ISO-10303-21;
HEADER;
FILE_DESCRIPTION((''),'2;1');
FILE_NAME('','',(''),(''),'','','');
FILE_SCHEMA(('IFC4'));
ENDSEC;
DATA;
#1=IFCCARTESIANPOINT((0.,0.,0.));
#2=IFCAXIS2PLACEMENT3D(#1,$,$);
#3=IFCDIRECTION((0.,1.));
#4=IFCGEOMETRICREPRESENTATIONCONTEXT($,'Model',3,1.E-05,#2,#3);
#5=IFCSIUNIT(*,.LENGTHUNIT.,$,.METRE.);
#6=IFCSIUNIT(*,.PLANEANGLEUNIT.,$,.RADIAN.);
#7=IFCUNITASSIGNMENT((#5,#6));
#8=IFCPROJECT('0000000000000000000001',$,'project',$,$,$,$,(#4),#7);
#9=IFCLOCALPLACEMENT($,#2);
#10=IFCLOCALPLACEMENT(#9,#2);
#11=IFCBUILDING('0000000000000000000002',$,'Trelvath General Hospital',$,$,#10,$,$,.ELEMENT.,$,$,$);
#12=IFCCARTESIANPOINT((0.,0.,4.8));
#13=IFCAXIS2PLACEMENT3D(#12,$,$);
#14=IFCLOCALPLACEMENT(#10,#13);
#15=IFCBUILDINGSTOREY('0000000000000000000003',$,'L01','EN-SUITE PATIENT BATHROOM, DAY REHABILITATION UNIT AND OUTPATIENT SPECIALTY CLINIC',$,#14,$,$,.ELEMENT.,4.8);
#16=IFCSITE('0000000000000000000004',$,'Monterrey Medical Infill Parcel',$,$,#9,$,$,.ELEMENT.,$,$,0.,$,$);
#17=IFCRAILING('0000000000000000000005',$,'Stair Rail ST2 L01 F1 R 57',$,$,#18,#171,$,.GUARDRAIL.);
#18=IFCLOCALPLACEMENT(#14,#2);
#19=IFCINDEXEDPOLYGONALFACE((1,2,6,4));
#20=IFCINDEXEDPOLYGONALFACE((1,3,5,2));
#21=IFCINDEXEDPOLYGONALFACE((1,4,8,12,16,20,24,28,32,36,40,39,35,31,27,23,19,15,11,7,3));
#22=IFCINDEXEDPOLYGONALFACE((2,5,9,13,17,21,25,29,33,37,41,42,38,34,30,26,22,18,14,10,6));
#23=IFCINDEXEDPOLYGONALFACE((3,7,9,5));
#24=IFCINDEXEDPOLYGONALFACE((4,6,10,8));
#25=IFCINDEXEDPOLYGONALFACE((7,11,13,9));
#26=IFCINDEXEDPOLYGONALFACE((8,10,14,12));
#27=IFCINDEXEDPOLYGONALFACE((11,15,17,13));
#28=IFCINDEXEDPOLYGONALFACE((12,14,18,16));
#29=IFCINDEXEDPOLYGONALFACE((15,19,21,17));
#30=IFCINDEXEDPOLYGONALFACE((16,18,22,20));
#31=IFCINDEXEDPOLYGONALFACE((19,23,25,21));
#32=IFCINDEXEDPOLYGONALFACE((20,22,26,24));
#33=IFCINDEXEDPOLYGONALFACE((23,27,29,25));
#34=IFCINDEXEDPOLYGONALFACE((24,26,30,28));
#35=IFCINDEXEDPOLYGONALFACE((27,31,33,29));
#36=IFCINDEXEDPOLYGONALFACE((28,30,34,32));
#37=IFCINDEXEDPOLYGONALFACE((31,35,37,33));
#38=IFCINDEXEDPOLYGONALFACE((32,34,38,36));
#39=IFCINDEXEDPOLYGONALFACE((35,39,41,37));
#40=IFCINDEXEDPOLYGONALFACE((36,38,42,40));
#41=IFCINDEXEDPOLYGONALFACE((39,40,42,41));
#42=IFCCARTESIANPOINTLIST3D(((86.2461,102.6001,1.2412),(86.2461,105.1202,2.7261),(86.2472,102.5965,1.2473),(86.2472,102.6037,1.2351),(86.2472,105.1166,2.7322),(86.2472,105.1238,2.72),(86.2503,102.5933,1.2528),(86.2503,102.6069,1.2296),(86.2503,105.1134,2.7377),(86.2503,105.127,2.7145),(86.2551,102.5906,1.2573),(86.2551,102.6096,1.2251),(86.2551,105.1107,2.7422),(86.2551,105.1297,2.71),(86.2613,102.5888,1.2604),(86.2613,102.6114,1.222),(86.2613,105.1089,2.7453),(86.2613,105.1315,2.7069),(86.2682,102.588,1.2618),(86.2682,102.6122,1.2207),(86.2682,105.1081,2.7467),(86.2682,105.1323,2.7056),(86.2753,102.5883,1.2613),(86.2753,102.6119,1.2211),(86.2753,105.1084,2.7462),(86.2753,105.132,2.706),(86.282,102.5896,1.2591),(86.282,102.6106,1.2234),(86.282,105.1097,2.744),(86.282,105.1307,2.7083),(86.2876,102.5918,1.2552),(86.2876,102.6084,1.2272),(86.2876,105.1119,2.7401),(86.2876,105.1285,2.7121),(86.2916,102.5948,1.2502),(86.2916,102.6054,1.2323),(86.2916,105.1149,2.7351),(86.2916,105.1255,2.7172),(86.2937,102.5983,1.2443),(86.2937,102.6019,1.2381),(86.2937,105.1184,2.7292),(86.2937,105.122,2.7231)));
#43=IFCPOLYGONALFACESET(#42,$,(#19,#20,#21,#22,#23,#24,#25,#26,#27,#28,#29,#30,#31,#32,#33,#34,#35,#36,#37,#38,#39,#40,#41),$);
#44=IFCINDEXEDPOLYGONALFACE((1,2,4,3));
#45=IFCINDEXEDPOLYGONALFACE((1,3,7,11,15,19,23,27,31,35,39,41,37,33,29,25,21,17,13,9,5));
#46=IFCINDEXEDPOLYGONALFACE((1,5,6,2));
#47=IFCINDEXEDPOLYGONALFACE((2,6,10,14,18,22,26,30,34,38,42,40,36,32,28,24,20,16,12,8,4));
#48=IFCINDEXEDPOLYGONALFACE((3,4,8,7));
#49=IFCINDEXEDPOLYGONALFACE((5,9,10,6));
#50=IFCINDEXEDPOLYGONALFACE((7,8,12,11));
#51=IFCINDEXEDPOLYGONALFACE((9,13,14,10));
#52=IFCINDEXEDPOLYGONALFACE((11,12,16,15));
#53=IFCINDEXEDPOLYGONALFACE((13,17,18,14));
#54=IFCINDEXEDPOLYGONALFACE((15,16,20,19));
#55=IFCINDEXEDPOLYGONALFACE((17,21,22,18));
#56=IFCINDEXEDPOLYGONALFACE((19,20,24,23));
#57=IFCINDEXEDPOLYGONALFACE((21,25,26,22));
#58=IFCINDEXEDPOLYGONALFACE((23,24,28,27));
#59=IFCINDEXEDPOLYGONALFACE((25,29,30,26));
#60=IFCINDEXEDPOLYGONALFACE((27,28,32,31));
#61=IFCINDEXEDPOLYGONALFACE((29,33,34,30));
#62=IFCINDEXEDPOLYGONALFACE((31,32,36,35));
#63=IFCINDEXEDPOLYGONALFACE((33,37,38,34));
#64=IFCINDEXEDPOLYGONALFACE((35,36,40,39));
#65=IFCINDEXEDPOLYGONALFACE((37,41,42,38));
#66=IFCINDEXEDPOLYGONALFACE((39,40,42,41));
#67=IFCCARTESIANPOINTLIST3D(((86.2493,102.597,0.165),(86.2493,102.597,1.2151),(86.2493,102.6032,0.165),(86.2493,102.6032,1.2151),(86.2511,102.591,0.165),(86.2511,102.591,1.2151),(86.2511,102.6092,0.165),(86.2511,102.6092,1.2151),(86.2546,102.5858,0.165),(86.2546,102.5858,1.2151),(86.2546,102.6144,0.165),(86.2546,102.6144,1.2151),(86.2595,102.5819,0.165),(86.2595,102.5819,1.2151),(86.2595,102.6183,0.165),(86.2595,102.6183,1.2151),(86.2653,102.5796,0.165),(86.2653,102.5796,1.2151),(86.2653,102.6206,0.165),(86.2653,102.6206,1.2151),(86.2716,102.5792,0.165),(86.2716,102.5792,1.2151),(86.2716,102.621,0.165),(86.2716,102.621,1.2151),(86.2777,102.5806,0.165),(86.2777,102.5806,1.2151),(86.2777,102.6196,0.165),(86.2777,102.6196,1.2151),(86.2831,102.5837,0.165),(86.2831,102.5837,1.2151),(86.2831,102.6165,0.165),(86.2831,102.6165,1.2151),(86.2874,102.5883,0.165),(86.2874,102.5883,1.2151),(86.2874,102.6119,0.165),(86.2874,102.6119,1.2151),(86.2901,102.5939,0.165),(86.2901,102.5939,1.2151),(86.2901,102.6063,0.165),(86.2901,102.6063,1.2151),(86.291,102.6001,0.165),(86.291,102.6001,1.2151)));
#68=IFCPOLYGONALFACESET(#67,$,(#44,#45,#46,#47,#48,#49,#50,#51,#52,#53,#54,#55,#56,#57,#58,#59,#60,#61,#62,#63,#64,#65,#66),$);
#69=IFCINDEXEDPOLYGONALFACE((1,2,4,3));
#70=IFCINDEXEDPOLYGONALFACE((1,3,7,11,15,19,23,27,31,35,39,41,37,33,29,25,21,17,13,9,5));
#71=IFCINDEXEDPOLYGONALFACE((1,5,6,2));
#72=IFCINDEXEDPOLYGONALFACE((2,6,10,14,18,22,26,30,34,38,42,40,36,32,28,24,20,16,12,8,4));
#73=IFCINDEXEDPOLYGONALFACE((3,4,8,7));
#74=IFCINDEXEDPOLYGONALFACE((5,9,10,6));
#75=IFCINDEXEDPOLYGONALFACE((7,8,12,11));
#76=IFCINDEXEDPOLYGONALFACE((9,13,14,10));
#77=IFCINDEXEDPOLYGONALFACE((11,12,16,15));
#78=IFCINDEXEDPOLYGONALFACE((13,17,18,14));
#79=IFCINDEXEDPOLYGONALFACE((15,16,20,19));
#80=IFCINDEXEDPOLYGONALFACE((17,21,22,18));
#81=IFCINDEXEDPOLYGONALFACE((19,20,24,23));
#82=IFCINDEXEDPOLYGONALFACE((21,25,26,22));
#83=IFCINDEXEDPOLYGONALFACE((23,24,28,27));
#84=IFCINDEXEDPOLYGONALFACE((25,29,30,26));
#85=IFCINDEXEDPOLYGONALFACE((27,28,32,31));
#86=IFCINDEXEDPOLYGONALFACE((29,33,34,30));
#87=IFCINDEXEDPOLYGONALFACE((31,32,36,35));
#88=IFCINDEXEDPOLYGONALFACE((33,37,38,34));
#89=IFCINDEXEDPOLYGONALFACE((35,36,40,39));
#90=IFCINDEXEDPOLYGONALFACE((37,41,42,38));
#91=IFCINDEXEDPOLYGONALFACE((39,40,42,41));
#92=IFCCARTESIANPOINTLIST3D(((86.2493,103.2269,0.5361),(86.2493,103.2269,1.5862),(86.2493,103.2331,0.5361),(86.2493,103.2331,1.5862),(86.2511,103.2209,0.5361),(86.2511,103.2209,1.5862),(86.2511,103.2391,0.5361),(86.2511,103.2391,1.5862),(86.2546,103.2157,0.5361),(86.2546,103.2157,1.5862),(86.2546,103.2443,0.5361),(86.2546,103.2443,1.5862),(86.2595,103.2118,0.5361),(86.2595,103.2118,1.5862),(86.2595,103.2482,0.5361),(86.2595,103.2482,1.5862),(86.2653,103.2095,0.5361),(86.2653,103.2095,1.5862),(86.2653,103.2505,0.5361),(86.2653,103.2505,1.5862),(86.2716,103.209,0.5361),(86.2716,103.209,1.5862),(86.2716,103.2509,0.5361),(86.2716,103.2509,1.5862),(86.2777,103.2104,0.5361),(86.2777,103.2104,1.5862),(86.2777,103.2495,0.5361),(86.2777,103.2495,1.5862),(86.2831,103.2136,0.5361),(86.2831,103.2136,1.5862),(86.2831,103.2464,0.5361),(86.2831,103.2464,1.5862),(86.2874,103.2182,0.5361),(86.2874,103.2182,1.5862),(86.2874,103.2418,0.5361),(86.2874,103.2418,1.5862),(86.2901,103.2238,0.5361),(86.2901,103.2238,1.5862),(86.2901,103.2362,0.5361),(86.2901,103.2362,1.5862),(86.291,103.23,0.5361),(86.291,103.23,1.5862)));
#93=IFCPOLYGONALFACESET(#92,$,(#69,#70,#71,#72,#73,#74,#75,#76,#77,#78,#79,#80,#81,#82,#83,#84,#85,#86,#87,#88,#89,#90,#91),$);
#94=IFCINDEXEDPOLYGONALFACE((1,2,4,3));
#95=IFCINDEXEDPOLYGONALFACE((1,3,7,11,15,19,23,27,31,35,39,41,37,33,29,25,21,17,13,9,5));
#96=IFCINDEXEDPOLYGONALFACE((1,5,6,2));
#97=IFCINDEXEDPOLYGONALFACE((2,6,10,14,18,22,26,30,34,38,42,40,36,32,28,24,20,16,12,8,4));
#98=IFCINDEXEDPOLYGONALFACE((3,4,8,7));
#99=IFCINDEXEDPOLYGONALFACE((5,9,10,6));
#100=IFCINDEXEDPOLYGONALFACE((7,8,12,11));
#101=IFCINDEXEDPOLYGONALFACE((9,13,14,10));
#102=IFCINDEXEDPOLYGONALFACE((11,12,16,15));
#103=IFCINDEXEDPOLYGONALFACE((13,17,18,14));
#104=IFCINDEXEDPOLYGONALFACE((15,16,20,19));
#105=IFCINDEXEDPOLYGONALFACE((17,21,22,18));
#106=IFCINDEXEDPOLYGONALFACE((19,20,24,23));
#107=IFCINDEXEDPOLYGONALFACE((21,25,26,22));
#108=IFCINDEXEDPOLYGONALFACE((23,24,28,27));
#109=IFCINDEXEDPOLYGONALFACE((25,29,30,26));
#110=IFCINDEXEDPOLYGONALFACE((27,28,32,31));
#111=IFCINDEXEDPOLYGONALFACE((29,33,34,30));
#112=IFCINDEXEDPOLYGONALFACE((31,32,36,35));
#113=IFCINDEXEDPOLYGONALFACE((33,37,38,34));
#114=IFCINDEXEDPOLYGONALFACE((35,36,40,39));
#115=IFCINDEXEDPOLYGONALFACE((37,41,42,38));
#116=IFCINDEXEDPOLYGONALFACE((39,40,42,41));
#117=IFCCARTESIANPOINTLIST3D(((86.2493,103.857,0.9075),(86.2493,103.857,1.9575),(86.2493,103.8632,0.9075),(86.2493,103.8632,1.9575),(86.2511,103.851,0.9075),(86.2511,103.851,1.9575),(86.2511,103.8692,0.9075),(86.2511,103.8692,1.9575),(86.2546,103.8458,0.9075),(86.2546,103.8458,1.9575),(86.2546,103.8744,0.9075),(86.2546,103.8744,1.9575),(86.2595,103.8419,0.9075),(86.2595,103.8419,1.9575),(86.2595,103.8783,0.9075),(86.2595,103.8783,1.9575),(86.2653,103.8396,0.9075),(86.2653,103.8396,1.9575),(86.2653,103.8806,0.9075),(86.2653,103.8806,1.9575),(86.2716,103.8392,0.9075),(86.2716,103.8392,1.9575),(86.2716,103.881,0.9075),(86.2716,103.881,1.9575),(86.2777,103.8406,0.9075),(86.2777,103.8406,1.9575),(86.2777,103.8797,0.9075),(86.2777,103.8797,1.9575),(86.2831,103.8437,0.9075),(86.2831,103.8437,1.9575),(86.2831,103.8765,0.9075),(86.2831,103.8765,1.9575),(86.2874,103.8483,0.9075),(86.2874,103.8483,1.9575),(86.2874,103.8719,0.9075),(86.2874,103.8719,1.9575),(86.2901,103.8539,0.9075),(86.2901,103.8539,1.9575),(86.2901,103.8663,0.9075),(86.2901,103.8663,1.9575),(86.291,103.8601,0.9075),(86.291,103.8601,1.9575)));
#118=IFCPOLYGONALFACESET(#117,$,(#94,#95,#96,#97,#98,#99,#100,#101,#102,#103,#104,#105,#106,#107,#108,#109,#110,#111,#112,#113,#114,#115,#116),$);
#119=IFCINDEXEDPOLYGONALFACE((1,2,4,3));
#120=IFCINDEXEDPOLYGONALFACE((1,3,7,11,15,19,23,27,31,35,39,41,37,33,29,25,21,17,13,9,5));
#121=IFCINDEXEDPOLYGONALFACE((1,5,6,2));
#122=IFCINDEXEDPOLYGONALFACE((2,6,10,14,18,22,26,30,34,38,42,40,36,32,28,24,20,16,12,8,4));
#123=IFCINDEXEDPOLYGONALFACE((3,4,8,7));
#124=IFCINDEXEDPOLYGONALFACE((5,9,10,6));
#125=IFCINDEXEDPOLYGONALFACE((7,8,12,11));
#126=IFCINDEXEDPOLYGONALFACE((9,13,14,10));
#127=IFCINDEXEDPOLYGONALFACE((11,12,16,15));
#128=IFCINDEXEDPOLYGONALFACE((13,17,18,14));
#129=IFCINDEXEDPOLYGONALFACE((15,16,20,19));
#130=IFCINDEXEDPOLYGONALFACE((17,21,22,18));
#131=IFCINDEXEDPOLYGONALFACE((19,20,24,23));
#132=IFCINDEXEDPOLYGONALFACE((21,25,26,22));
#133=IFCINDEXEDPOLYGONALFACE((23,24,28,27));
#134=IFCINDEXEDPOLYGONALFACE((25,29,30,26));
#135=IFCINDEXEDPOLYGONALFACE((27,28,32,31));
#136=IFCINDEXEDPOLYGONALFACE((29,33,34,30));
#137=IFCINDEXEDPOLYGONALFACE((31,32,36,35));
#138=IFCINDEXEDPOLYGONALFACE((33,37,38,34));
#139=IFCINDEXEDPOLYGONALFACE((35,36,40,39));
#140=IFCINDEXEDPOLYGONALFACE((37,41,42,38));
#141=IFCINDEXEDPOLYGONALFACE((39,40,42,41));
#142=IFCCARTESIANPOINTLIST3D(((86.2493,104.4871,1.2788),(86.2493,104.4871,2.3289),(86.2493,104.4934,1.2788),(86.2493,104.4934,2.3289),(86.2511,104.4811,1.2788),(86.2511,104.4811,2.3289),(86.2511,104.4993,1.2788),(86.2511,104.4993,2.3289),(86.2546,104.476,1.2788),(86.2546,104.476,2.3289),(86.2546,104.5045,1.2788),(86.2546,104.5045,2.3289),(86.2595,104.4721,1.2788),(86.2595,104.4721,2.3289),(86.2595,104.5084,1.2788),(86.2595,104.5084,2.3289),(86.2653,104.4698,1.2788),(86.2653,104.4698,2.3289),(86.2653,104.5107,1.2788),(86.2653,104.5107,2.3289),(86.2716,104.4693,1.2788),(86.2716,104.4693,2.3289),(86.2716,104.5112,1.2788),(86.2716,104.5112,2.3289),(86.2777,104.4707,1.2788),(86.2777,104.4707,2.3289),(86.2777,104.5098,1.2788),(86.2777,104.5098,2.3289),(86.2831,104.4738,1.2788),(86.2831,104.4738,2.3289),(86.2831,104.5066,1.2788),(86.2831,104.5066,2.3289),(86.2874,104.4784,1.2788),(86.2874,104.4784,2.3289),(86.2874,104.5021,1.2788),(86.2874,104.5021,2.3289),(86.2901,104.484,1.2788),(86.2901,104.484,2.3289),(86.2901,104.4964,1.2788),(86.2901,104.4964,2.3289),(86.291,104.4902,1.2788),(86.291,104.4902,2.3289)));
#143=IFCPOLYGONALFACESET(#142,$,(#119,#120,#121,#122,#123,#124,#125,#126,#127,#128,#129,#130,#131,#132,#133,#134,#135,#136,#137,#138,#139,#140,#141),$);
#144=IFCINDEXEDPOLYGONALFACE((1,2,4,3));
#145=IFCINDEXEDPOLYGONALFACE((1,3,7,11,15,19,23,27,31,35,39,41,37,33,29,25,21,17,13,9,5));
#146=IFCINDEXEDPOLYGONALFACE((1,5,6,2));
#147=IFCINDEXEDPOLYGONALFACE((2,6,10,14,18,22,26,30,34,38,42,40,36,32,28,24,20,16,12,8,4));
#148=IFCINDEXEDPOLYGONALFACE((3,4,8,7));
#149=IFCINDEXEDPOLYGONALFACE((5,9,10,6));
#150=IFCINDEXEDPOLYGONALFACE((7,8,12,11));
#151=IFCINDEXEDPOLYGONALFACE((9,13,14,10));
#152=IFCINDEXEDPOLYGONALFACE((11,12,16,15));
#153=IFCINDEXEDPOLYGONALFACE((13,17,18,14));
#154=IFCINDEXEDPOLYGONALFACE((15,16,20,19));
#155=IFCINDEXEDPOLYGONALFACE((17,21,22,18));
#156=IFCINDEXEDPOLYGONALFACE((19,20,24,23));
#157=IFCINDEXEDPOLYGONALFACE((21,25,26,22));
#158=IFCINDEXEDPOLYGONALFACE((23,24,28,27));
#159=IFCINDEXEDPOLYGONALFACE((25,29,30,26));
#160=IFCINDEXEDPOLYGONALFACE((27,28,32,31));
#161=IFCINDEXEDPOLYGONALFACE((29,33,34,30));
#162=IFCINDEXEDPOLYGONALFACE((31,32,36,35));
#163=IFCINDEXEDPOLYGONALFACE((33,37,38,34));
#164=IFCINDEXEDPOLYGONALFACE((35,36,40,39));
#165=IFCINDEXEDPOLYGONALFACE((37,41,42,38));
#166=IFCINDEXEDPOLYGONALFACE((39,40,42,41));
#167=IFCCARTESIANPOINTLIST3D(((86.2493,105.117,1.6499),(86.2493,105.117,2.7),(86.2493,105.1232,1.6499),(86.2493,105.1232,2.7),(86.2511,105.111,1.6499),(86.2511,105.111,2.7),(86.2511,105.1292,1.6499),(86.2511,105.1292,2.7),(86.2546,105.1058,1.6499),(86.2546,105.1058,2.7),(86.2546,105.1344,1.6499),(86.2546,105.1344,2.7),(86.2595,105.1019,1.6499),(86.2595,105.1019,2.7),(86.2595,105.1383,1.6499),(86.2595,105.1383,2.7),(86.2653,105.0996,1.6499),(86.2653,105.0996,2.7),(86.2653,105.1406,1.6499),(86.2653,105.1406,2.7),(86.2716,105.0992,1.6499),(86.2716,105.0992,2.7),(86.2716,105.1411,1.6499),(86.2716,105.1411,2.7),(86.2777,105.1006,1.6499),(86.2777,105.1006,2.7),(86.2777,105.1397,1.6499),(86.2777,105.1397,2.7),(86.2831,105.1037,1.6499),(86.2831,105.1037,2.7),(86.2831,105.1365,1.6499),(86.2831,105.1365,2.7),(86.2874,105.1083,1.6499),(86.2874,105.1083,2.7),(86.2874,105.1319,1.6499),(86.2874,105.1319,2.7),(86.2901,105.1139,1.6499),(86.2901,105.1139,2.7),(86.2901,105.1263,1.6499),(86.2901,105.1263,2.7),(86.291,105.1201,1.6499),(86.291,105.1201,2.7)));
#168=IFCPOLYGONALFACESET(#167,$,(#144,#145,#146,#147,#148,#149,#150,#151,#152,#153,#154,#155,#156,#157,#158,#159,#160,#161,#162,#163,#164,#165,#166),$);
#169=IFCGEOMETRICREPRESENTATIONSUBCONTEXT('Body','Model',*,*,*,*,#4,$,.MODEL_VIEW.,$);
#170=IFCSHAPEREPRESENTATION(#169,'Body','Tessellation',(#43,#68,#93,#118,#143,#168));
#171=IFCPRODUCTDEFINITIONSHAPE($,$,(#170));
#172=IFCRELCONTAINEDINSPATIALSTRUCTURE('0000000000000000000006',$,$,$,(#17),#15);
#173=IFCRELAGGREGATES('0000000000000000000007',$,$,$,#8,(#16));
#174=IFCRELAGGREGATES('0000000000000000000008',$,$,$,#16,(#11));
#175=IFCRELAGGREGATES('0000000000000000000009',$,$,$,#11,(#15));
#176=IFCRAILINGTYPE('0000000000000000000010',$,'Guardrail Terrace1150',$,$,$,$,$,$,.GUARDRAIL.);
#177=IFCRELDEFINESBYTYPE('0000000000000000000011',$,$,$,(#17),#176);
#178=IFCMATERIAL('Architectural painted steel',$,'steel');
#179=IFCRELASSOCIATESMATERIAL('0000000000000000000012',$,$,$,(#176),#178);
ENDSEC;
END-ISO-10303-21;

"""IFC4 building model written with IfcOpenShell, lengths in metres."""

from ifc_helpers import new_model, si_unit, direction, frame, origin, origin_2d, place, context, subcontext, project, spatial, circle, extrude, material, type_object, element, save


model = new_model("IFC4")

# Units and contexts
model_context = context("Model", 3, precision=1e-05, world=origin(), true_north=direction((0.0, 1.0)))
body_context = subcontext(model_context, "Body", "Model", "MODEL_VIEW")
ifc_project = project(units=[si_unit("LENGTHUNIT", "METRE"), si_unit("PLANEANGLEUNIT", "RADIAN")], contexts=[model_context])

# Site, building, storey
site_placement = place(None, origin())
site = spatial("IfcSite", under=ifc_project, at=site_placement, Name="Monterrey Medical Infill Parcel", CompositionType="ELEMENT", RefElevation=0.0)
building_placement = place(site_placement, origin())
building = spatial("IfcBuilding", under=site, at=building_placement, Name="Trelvath General Hospital", CompositionType="ELEMENT")
storey_placement = place(building_placement, frame((0.0, 0.0, 4.8)))
storey = spatial("IfcBuildingStorey", under=building, at=storey_placement, Name="L01", Description="EN-SUITE PATIENT BATHROOM, DAY REHABILITATION UNIT AND OUTPATIENT SPECIALTY CLINIC", CompositionType="ELEMENT", Elevation=4.8)

# Railing
ifc_material_1 = material(Name="Architectural painted steel", Category="steel")
railing_type_1 = type_object("IfcRailingType", Name="Guardrail Terrace1150", PredefinedType="GUARDRAIL", material=ifc_material_1)
railing_1_placement = place(storey_placement, frame((86.27, 102.6001, 0.165)))
element("IfcRailing", 1, at=railing_1_placement, inside=storey, type_object=railing_type_1, Name="Stair Rail ST2 L01 F1 R 57", PredefinedType="GUARDRAIL", context=body_context, shape_type="SweptSolid", body=[
    extrude(circle(Radius=0.0239, at=origin_2d()), frame((0.0, 0.0, 1.0762), z_axis=(0.0, 0.861561, 0.507655), x_axis=(-1.0, 0.0, 0.0)), (0.0, 0.0, 1.0), 2.925),
    extrude(circle(Radius=0.021, at=origin_2d()), origin(), (0.0, 0.0, 1.0), 1.05),
    extrude(circle(Radius=0.021, at=origin_2d()), frame((0.0, 0.6299, 0.3711)), (0.0, 0.0, 1.0), 1.05),
    extrude(circle(Radius=0.021, at=origin_2d()), frame((0.0, 1.26, 0.7424)), (0.0, 0.0, 1.0), 1.05),
    extrude(circle(Radius=0.021, at=origin_2d()), frame((0.0, 1.8901, 1.1138)), (0.0, 0.0, 1.0), 1.05),
    extrude(circle(Radius=0.021, at=origin_2d()), frame((0.0, 2.52, 1.4849)), (0.0, 0.0, 1.0), 1.05),
])

save(model, "model.ifc")
